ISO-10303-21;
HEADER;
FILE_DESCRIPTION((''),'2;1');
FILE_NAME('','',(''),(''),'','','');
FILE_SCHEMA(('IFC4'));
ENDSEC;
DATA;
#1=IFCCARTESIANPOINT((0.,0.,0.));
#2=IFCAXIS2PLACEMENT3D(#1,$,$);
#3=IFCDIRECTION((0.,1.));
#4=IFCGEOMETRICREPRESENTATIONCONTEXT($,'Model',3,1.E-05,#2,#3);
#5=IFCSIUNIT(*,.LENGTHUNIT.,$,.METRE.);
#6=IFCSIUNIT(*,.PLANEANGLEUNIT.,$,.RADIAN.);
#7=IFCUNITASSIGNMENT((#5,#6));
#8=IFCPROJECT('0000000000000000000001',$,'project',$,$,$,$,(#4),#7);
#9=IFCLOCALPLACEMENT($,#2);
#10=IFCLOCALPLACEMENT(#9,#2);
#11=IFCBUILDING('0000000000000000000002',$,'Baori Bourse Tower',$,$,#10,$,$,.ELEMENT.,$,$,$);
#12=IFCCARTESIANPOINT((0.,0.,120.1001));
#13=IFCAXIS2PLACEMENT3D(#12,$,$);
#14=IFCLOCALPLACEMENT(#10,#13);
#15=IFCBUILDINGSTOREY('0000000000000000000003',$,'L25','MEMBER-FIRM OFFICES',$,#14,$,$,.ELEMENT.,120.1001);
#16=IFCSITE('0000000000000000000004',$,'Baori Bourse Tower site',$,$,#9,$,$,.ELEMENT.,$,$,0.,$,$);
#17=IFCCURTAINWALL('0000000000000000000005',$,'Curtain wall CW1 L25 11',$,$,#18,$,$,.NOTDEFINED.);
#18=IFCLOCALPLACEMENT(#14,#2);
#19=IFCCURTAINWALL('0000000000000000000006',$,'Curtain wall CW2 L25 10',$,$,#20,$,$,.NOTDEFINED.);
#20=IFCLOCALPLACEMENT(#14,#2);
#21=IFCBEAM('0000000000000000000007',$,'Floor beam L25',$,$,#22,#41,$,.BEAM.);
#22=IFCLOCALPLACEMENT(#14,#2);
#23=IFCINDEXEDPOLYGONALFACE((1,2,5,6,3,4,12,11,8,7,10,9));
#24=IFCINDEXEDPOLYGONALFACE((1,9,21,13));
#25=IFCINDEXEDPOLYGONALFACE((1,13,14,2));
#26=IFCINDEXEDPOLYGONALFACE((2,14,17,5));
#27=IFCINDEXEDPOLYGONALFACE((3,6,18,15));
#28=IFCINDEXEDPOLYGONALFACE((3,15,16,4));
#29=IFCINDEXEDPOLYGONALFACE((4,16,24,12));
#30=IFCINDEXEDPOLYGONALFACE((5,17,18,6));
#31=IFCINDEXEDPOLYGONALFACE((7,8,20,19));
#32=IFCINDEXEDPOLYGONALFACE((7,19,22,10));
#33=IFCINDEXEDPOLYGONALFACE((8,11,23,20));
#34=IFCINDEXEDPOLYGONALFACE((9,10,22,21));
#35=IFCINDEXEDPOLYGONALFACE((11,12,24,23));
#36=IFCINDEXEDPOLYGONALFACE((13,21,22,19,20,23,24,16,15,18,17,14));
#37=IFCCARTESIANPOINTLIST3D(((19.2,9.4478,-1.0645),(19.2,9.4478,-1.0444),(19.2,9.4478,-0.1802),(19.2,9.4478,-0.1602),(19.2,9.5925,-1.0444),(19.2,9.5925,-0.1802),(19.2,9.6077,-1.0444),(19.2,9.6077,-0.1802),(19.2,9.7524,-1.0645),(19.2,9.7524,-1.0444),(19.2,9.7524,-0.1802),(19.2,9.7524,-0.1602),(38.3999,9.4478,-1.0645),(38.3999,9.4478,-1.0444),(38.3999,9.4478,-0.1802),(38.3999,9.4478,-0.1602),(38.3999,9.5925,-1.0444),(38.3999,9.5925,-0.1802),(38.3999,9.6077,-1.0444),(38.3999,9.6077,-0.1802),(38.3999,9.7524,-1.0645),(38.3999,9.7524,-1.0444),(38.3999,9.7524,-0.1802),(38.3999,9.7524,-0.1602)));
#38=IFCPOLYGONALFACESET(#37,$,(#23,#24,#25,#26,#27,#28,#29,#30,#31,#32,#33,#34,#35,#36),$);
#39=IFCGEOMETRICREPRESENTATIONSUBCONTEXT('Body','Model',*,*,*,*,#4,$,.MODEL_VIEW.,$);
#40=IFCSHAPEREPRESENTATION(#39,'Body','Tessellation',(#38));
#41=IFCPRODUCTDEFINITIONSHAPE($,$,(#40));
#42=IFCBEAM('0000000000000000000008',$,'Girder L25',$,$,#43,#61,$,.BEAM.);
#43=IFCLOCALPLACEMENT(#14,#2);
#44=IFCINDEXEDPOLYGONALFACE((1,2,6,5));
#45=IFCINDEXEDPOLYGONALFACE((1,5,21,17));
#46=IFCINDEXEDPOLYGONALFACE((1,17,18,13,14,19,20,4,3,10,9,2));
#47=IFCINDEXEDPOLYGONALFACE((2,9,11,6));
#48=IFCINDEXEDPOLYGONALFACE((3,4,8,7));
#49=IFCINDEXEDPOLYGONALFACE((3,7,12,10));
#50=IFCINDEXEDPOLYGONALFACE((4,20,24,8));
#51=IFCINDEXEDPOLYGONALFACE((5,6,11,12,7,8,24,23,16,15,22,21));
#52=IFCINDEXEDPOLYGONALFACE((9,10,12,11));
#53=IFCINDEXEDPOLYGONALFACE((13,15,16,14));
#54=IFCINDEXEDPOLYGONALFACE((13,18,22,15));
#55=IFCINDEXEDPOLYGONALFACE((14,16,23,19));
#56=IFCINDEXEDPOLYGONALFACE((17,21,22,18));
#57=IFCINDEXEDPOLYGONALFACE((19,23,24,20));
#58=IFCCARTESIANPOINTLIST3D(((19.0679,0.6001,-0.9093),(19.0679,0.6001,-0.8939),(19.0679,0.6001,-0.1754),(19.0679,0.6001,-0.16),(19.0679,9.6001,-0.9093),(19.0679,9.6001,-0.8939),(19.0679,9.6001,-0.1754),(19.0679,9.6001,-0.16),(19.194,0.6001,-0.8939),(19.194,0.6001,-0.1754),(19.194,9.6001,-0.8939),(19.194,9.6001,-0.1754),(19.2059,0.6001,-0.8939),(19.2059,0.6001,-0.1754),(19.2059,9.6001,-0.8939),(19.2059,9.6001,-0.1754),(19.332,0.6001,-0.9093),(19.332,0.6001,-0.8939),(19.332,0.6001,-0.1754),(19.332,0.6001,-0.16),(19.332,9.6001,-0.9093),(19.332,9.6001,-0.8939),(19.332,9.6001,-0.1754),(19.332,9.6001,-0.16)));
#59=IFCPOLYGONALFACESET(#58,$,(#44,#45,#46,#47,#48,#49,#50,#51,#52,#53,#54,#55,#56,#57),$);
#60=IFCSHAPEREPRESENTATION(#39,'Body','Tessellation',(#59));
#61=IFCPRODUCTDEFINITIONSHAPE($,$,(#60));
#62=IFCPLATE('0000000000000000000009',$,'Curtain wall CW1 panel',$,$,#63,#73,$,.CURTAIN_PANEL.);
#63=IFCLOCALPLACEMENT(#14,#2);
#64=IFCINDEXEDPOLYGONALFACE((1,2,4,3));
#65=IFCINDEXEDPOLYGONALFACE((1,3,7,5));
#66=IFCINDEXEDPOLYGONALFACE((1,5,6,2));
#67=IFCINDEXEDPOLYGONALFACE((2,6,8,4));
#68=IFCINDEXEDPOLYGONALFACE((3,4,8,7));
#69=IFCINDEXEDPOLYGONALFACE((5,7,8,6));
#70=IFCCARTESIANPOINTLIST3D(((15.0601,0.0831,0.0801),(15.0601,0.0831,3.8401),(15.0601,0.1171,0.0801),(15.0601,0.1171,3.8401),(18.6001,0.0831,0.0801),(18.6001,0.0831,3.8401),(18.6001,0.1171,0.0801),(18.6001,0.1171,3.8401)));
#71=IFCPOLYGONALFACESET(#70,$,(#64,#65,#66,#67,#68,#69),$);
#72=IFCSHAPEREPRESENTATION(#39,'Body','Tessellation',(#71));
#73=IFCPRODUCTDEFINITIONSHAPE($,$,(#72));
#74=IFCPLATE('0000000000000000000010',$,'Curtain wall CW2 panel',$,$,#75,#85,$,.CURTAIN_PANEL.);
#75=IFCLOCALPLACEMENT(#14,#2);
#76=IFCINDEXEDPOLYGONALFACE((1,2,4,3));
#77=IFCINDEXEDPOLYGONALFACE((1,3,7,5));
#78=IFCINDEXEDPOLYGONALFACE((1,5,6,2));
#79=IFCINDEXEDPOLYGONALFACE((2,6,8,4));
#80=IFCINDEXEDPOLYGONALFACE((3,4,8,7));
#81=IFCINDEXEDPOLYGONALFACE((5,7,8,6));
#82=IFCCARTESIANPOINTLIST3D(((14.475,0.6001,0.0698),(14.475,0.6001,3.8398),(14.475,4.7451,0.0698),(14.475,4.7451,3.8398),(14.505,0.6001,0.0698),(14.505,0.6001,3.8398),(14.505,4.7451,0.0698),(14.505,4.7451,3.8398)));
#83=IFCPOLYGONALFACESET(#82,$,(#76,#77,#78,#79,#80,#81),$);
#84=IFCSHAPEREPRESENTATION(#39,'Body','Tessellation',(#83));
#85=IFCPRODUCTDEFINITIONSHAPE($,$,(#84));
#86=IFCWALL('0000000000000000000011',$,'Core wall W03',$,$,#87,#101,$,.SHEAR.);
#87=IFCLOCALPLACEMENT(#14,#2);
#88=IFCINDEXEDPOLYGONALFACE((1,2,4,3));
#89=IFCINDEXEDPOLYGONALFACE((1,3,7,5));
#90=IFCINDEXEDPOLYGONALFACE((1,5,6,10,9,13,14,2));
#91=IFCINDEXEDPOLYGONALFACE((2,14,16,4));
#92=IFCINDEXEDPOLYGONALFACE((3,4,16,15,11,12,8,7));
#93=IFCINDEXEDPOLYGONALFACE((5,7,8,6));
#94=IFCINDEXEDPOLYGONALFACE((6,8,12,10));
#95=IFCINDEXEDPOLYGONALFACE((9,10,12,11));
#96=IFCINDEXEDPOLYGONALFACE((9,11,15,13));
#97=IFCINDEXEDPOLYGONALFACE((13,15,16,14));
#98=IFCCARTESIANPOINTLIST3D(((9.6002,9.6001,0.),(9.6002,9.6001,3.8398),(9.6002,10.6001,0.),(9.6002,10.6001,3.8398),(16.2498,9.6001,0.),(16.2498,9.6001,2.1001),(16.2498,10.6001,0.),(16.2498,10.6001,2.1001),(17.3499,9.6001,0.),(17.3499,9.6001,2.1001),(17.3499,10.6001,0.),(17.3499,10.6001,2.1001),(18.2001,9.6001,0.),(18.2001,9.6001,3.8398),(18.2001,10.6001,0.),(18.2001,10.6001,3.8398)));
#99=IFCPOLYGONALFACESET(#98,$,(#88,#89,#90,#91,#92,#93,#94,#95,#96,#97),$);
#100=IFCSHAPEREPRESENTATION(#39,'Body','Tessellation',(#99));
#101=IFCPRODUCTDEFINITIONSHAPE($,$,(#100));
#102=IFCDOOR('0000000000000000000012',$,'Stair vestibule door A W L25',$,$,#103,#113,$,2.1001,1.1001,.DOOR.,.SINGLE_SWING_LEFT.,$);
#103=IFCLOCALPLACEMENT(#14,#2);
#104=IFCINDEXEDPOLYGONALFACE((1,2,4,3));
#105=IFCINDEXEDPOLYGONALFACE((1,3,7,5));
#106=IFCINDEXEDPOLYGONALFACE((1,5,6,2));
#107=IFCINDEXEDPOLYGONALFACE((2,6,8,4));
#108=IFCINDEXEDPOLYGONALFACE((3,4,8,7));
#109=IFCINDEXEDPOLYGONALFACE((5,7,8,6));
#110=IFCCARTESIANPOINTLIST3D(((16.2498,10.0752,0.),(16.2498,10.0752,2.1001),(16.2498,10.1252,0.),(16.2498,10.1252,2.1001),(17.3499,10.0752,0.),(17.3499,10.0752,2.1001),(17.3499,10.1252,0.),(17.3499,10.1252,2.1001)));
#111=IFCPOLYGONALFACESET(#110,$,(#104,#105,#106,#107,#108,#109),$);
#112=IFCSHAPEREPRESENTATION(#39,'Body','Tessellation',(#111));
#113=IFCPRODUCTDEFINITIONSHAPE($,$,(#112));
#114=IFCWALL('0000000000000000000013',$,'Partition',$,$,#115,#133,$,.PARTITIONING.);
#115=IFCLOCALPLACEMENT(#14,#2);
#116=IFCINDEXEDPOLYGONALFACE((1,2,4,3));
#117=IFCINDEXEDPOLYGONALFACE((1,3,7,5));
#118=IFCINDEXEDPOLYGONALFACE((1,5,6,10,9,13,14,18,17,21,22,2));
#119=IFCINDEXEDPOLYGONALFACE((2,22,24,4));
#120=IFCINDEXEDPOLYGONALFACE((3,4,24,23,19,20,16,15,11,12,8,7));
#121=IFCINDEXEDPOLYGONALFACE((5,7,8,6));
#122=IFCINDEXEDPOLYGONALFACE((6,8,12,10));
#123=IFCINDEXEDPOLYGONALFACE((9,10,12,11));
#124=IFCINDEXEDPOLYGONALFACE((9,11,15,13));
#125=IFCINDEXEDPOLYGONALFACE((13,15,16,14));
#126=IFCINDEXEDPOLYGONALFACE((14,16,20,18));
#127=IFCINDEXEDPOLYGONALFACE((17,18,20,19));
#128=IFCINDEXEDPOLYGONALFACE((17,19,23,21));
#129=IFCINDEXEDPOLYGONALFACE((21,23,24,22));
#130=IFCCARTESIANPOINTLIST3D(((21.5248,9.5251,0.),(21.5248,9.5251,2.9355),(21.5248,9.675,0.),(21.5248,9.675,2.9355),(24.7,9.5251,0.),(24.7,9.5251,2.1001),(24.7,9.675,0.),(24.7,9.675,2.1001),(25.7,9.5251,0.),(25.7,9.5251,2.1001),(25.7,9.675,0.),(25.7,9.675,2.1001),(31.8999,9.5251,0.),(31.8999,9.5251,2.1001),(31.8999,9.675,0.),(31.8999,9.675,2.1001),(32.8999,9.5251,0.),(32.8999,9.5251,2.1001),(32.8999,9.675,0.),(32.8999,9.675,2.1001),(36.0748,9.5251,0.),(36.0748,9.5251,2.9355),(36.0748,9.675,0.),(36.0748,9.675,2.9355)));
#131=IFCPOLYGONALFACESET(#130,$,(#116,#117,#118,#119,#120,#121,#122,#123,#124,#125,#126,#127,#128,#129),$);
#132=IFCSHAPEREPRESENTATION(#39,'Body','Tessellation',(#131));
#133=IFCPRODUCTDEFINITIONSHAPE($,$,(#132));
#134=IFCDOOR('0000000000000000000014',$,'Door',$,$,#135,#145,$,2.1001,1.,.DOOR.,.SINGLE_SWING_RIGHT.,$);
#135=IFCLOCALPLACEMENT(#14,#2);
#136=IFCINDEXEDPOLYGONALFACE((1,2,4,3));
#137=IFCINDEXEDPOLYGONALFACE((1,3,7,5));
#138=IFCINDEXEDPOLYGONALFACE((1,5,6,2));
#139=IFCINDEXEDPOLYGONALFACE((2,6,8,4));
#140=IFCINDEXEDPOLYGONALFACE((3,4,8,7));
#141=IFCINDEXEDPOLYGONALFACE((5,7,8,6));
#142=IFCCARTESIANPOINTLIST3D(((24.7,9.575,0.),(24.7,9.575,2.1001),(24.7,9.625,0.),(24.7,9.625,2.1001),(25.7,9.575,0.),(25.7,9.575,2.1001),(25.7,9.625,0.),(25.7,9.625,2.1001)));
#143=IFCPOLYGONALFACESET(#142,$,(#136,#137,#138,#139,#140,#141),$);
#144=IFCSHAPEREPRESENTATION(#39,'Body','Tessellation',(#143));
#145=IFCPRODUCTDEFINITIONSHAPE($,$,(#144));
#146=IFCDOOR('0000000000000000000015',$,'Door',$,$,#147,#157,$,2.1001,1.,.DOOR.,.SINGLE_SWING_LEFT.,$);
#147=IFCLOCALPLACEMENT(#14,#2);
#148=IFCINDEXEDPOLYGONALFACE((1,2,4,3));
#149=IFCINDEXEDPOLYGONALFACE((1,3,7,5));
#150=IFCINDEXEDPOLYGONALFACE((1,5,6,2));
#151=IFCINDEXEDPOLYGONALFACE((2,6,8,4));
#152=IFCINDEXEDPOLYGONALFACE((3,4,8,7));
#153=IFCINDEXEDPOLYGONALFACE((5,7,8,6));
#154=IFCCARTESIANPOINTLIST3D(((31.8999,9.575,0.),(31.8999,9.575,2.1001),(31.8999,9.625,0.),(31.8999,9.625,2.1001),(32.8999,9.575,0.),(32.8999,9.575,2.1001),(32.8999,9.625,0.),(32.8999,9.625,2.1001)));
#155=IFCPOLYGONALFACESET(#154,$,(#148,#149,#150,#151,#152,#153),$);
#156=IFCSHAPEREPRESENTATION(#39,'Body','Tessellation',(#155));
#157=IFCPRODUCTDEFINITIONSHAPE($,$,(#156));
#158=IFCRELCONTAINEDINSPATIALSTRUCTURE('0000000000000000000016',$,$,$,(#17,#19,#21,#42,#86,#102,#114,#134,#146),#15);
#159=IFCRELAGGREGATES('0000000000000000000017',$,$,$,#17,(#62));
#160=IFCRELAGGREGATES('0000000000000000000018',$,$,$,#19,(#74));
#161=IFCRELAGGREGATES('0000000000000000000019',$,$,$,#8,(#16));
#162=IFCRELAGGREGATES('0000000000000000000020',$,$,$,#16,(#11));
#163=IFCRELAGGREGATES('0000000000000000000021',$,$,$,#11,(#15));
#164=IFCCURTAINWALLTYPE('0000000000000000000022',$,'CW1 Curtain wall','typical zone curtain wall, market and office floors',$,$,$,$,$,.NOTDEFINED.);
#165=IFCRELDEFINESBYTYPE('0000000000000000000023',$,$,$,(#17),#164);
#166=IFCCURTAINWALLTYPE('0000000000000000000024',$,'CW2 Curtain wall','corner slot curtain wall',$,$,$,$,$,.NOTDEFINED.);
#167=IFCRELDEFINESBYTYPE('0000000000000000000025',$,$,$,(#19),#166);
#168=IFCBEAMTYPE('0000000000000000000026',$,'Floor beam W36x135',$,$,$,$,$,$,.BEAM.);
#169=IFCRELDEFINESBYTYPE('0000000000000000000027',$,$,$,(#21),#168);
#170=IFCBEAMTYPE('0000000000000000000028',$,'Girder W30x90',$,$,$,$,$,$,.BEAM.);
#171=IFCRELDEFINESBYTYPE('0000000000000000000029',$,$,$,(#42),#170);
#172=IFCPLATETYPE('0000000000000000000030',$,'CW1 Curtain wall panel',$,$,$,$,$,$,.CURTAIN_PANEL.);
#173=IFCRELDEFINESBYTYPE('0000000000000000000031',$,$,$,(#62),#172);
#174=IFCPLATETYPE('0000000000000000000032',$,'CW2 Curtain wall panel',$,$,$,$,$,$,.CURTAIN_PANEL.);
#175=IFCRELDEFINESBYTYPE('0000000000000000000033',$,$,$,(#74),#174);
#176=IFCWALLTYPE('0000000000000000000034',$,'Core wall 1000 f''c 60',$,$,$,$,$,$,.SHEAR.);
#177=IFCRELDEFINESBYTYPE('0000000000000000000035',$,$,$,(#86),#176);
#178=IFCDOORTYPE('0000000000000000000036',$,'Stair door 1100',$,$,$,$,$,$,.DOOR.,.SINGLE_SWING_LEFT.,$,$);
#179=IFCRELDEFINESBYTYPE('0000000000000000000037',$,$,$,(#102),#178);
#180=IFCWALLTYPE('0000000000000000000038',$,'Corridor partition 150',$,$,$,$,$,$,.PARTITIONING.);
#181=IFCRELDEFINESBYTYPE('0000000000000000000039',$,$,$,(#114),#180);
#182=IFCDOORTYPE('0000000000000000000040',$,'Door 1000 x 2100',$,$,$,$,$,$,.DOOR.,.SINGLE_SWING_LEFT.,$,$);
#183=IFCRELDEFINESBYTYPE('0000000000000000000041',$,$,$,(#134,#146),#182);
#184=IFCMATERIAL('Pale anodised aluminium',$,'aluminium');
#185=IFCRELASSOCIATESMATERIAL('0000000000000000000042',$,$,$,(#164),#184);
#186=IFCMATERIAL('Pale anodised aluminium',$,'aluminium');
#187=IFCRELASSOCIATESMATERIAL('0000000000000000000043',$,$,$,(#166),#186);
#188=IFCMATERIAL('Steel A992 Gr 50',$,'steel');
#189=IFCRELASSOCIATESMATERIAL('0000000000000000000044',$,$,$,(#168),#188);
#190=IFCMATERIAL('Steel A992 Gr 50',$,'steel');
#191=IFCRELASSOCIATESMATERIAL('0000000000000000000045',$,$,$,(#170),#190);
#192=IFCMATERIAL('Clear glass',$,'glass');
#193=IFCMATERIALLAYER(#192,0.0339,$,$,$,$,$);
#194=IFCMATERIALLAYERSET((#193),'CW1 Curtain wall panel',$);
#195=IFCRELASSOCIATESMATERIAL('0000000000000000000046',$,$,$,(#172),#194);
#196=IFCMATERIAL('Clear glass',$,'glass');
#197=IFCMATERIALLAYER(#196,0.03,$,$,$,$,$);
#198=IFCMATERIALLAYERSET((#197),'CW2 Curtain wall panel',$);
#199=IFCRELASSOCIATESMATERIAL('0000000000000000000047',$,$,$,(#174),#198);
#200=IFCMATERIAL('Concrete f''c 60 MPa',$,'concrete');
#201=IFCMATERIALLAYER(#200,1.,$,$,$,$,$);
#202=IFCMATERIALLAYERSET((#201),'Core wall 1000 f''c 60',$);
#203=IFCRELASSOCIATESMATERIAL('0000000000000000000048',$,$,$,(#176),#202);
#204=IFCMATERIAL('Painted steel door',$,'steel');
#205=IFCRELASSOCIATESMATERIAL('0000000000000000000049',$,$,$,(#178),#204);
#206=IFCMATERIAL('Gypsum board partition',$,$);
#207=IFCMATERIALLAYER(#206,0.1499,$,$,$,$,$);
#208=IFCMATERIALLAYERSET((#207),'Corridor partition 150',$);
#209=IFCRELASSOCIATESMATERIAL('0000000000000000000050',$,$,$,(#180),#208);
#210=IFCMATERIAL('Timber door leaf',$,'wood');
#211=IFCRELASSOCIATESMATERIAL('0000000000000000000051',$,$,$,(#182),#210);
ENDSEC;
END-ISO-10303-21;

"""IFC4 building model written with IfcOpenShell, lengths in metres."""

from ifc_helpers import new_model, si_unit, direction, frame, frame_2d, origin, origin_2d, place, context, subcontext, project, spatial, rectangle, i_section, extrude, material, layer, layer_set, material_profile, profile_set, type_object, element, fill, aggregate, save


model = new_model("IFC4")

# Units and contexts
model_context = context("Model", 3, precision=1e-05, world=origin(), true_north=direction((0.0, 1.0)))
body_context = subcontext(model_context, "Body", "Model", "MODEL_VIEW")
ifc_project = project(units=[si_unit("LENGTHUNIT", "METRE"), si_unit("PLANEANGLEUNIT", "RADIAN")], contexts=[model_context])

# Site, building, storey
site_placement = place(None, origin())
site = spatial("IfcSite", under=ifc_project, at=site_placement, Name="Baori Bourse Tower site", CompositionType="ELEMENT", RefElevation=0.0)
building_placement = place(site_placement, origin())
building = spatial("IfcBuilding", under=site, at=building_placement, Name="Baori Bourse Tower", CompositionType="ELEMENT")
storey_placement = place(building_placement, frame((0.0, 0.0, 120.1001)))
storey = spatial("IfcBuildingStorey", under=building, at=storey_placement, Name="L25", Description="MEMBER-FIRM OFFICES", CompositionType="ELEMENT", Elevation=120.1001)

# Curtain walls
ifc_material_1 = material(Name="Pale anodised aluminium", Category="aluminium")
curtain_wall_type_1 = type_object("IfcCurtainWallType", Name="CW1 Curtain wall", Description="typical zone curtain wall, market and office floors", PredefinedType="NOTDEFINED", material=ifc_material_1)
curtain_wall_1_placement = place(storey_placement, origin())
curtain_wall_1 = element("IfcCurtainWall", 1, at=curtain_wall_1_placement, inside=storey, type_object=curtain_wall_type_1, Name="Curtain wall CW1 L25 11", PredefinedType="NOTDEFINED")
ifc_material_2 = material(Name="Pale anodised aluminium", Category="aluminium")
curtain_wall_type_2 = type_object("IfcCurtainWallType", Name="CW2 Curtain wall", Description="corner slot curtain wall", PredefinedType="NOTDEFINED", material=ifc_material_2)
curtain_wall_2_placement = place(storey_placement, origin())
curtain_wall_2 = element("IfcCurtainWall", 2, at=curtain_wall_2_placement, inside=storey, type_object=curtain_wall_type_2, Name="Curtain wall CW2 L25 10", PredefinedType="NOTDEFINED")

# Beams
ifc_material_3 = material(Name="Steel A992 Gr 50", Category="steel")
ifc_material_profile_1 = material_profile(ifc_material_3, i_section(OverallWidth=0.3047, OverallDepth=0.9043, WebThickness=0.0151, FlangeThickness=0.02, at=origin_2d()), Name="W36x135")
ifc_profile_set_1 = profile_set([ifc_material_profile_1], Name="Steel A992 Gr 50")
beam_type_1 = type_object("IfcBeamType", Name="Floor beam W36x135", PredefinedType="BEAM", material=ifc_profile_set_1)
beam_1_placement = place(storey_placement, frame((19.2, 9.6001, -0.6123), z_axis=(1.0, 0.0, 0.0), x_axis=(0.0, 1.0, 0.0)))
element("IfcBeam", 3, at=beam_1_placement, inside=storey, type_object=beam_type_1, Name="Floor beam L25", PredefinedType="BEAM", context=body_context, shape_type="SweptSolid", body=[
    extrude(i_section(OverallWidth=0.3047, OverallDepth=0.9043, WebThickness=0.0151, FlangeThickness=0.02, at=origin_2d()), origin(), (0.0, 0.0, 1.0), 19.2),
])
ifc_material_4 = material(Name="Steel A992 Gr 50", Category="steel")
ifc_material_profile_2 = material_profile(ifc_material_4, i_section(OverallWidth=0.2642, OverallDepth=0.7493, WebThickness=0.012, FlangeThickness=0.0154, at=origin_2d()), Name="W30x90")
ifc_profile_set_2 = profile_set([ifc_material_profile_2], Name="Steel A992 Gr 50")
beam_type_2 = type_object("IfcBeamType", Name="Girder W30x90", PredefinedType="BEAM", material=ifc_profile_set_2)
beam_2_placement = place(storey_placement, frame((19.2, 0.6001, -0.5347), z_axis=(0.0, 1.0, 0.0), x_axis=(-1.0, 0.0, 0.0)))
element("IfcBeam", 4, at=beam_2_placement, inside=storey, type_object=beam_type_2, Name="Girder L25", PredefinedType="BEAM", context=body_context, shape_type="SweptSolid", body=[
    extrude(i_section(OverallWidth=0.2642, OverallDepth=0.7493, WebThickness=0.012, FlangeThickness=0.0154, at=origin_2d()), origin(), (0.0, 0.0, 1.0), 9.0),
])

# Plates
ifc_material_5 = material(Name="Clear glass", Category="glass")
ifc_layer_1 = layer(ifc_material_5, 0.0339)
ifc_layer_set_1 = layer_set([ifc_layer_1], Name="CW1 Curtain wall panel")
plate_type_1 = type_object("IfcPlateType", Name="CW1 Curtain wall panel", PredefinedType="CURTAIN_PANEL", material=ifc_layer_set_1)
plate_1_placement = place(storey_placement, frame((16.8301, 0.1001, 0.0801), z_axis=(0.0, 0.0, 1.0), x_axis=(1.0, 0.0, 0.0)))
plate_1 = element("IfcPlate", 5, at=plate_1_placement, type_object=plate_type_1, Name="Curtain wall CW1 panel", PredefinedType="CURTAIN_PANEL", context=body_context, shape_type="SweptSolid", body=[
    extrude(rectangle(XDim=3.54, YDim=0.0339, at=origin_2d()), origin(), (0.0, 0.0, 1.0), 3.76),
])
aggregate(curtain_wall_1, [plate_1])
ifc_material_6 = material(Name="Clear glass", Category="glass")
ifc_layer_2 = layer(ifc_material_6, 0.03)
ifc_layer_set_2 = layer_set([ifc_layer_2], Name="CW2 Curtain wall panel")
plate_type_2 = type_object("IfcPlateType", Name="CW2 Curtain wall panel", PredefinedType="CURTAIN_PANEL", material=ifc_layer_set_2)
plate_2_placement = place(storey_placement, frame((14.49, 2.6726, 0.0698), z_axis=(0.0, 0.0, 1.0), x_axis=(0.0, -1.0, 0.0)))
plate_2 = element("IfcPlate", 6, at=plate_2_placement, type_object=plate_type_2, Name="Curtain wall CW2 panel", PredefinedType="CURTAIN_PANEL", context=body_context, shape_type="SweptSolid", body=[
    extrude(rectangle(XDim=4.145, YDim=0.03, at=origin_2d()), origin(), (0.0, 0.0, 1.0), 3.77),
])
aggregate(curtain_wall_2, [plate_2])

# Wall, opening, door
ifc_material_7 = material(Name="Concrete f'c 60 MPa", Category="concrete")
ifc_layer_3 = layer(ifc_material_7, 1.0)
ifc_layer_set_3 = layer_set([ifc_layer_3], Name="Core wall 1000 f'c 60")
wall_type_1 = type_object("IfcWallType", Name="Core wall 1000 f'c 60", PredefinedType="SHEAR", material=ifc_layer_set_3)
wall_1_placement = place(storey_placement, frame((18.2, 10.1001, 0.0), z_axis=(0.0, 0.0, 1.0), x_axis=(-1.0, 0.0, 0.0)))
wall_1 = element("IfcWall", 7, at=wall_1_placement, inside=storey, type_object=wall_type_1, Name="Core wall W03", PredefinedType="SHEAR", context=body_context, shape_type="SweptSolid", body=[
    extrude(rectangle(XDim=8.5999, YDim=1.0, at=frame_2d((4.2998, 0.0))), origin(), (0.0, 0.0, 1.0), 3.8398),
])
opening_1_placement = place(wall_1_placement, frame((0.8501, 0.0, 0.0)))
opening_1 = element("IfcOpeningElement", 8, at=opening_1_placement, cuts=wall_1, PredefinedType="OPENING", context=body_context, shape_type="SweptSolid", body=[
    extrude(rectangle(XDim=1.1001, YDim=2.1001, at=frame_2d((0.55, 1.05))), frame((0.0, 0.51, 0.0), z_axis=(0.0, -1.0, 0.0), x_axis=(1.0, 0.0, 0.0)), (0.0, 0.0, 1.0), 1.02),
])
ifc_material_8 = material(Name="Painted steel door", Category="steel")
door_type_1 = type_object("IfcDoorType", Name="Stair door 1100", OperationType="SINGLE_SWING_LEFT", PredefinedType="DOOR", material=ifc_material_8)
door_1_placement = place(opening_1_placement, origin())
door_1 = element("IfcDoor", 9, at=door_1_placement, inside=storey, type_object=door_type_1, Name="Stair vestibule door A W L25", OperationType="SINGLE_SWING_LEFT", OverallHeight=2.1001, OverallWidth=1.1001, PredefinedType="DOOR", context=body_context, shape_type="SweptSolid", body=[
    extrude(rectangle(XDim=1.1001, YDim=2.1001, at=frame_2d((0.55, 1.05))), frame((0.0, 0.0249, 0.0), z_axis=(0.0, -1.0, 0.0), x_axis=(1.0, 0.0, 0.0)), (0.0, 0.0, 1.0), 0.05),
])
fill(opening_1, door_1)

# Wall, openings, doors
ifc_material_9 = material(Name="Gypsum board partition")
ifc_layer_4 = layer(ifc_material_9, 0.1499)
ifc_layer_set_4 = layer_set([ifc_layer_4], Name="Corridor partition 150")
wall_type_2 = type_object("IfcWallType", Name="Corridor partition 150", PredefinedType="PARTITIONING", material=ifc_layer_set_4)
wall_2_placement = place(storey_placement, frame((21.5249, 9.6001, 0.0), z_axis=(0.0, 0.0, 1.0), x_axis=(1.0, 0.0, 0.0)))
wall_2 = element("IfcWall", 10, at=wall_2_placement, inside=storey, type_object=wall_type_2, Name="Partition", PredefinedType="PARTITIONING", context=body_context, shape_type="SweptSolid", body=[
    extrude(rectangle(XDim=14.55, YDim=0.1499, at=frame_2d((7.2749, 0.0))), origin(), (0.0, 0.0, 1.0), 2.9355),
])
opening_2_placement = place(wall_2_placement, frame((3.175, 0.0, 0.0)))
opening_2 = element("IfcOpeningElement", 11, at=opening_2_placement, cuts=wall_2, PredefinedType="OPENING", context=body_context, shape_type="SweptSolid", body=[
    extrude(rectangle(XDim=1.0, YDim=2.1001, at=frame_2d((0.5, 1.05))), frame((0.0, 0.085, 0.0), z_axis=(0.0, -1.0, 0.0), x_axis=(1.0, 0.0, 0.0)), (0.0, 0.0, 1.0), 0.1699),
])
opening_3_placement = place(wall_2_placement, frame((10.375, 0.0, 0.0)))
opening_3 = element("IfcOpeningElement", 12, at=opening_3_placement, cuts=wall_2, PredefinedType="OPENING", context=body_context, shape_type="SweptSolid", body=[
    extrude(rectangle(XDim=1.0, YDim=2.1001, at=frame_2d((0.5, 1.05))), frame((0.0, 0.085, 0.0), z_axis=(0.0, -1.0, 0.0), x_axis=(1.0, 0.0, 0.0)), (0.0, 0.0, 1.0), 0.1699),
])
ifc_material_10 = material(Name="Timber door leaf", Category="wood")
door_type_2 = type_object("IfcDoorType", Name="Door 1000 x 2100", OperationType="SINGLE_SWING_LEFT", PredefinedType="DOOR", material=ifc_material_10)
door_2_placement = place(opening_2_placement, origin())
door_2 = element("IfcDoor", 13, at=door_2_placement, inside=storey, type_object=door_type_2, Name="Door", OperationType="SINGLE_SWING_RIGHT", OverallHeight=2.1001, OverallWidth=1.0, PredefinedType="DOOR", context=body_context, shape_type="SweptSolid", body=[
    extrude(rectangle(XDim=1.0, YDim=2.1001, at=frame_2d((0.5, 1.05))), frame((0.0, 0.0249, 0.0), z_axis=(0.0, -1.0, 0.0), x_axis=(1.0, 0.0, 0.0)), (0.0, 0.0, 1.0), 0.05),
])
fill(opening_2, door_2)
door_3_placement = place(opening_3_placement, origin())
door_3 = element("IfcDoor", 14, at=door_3_placement, inside=storey, type_object=door_type_2, Name="Door", OperationType="SINGLE_SWING_LEFT", OverallHeight=2.1001, OverallWidth=1.0, PredefinedType="DOOR", context=body_context, shape_type="SweptSolid", body=[
    extrude(rectangle(XDim=1.0, YDim=2.1001, at=frame_2d((0.5, 1.05))), frame((0.0, 0.0249, 0.0), z_axis=(0.0, -1.0, 0.0), x_axis=(1.0, 0.0, 0.0)), (0.0, 0.0, 1.0), 0.05),
])
fill(opening_3, door_3)

save(model, "model.ifc")
